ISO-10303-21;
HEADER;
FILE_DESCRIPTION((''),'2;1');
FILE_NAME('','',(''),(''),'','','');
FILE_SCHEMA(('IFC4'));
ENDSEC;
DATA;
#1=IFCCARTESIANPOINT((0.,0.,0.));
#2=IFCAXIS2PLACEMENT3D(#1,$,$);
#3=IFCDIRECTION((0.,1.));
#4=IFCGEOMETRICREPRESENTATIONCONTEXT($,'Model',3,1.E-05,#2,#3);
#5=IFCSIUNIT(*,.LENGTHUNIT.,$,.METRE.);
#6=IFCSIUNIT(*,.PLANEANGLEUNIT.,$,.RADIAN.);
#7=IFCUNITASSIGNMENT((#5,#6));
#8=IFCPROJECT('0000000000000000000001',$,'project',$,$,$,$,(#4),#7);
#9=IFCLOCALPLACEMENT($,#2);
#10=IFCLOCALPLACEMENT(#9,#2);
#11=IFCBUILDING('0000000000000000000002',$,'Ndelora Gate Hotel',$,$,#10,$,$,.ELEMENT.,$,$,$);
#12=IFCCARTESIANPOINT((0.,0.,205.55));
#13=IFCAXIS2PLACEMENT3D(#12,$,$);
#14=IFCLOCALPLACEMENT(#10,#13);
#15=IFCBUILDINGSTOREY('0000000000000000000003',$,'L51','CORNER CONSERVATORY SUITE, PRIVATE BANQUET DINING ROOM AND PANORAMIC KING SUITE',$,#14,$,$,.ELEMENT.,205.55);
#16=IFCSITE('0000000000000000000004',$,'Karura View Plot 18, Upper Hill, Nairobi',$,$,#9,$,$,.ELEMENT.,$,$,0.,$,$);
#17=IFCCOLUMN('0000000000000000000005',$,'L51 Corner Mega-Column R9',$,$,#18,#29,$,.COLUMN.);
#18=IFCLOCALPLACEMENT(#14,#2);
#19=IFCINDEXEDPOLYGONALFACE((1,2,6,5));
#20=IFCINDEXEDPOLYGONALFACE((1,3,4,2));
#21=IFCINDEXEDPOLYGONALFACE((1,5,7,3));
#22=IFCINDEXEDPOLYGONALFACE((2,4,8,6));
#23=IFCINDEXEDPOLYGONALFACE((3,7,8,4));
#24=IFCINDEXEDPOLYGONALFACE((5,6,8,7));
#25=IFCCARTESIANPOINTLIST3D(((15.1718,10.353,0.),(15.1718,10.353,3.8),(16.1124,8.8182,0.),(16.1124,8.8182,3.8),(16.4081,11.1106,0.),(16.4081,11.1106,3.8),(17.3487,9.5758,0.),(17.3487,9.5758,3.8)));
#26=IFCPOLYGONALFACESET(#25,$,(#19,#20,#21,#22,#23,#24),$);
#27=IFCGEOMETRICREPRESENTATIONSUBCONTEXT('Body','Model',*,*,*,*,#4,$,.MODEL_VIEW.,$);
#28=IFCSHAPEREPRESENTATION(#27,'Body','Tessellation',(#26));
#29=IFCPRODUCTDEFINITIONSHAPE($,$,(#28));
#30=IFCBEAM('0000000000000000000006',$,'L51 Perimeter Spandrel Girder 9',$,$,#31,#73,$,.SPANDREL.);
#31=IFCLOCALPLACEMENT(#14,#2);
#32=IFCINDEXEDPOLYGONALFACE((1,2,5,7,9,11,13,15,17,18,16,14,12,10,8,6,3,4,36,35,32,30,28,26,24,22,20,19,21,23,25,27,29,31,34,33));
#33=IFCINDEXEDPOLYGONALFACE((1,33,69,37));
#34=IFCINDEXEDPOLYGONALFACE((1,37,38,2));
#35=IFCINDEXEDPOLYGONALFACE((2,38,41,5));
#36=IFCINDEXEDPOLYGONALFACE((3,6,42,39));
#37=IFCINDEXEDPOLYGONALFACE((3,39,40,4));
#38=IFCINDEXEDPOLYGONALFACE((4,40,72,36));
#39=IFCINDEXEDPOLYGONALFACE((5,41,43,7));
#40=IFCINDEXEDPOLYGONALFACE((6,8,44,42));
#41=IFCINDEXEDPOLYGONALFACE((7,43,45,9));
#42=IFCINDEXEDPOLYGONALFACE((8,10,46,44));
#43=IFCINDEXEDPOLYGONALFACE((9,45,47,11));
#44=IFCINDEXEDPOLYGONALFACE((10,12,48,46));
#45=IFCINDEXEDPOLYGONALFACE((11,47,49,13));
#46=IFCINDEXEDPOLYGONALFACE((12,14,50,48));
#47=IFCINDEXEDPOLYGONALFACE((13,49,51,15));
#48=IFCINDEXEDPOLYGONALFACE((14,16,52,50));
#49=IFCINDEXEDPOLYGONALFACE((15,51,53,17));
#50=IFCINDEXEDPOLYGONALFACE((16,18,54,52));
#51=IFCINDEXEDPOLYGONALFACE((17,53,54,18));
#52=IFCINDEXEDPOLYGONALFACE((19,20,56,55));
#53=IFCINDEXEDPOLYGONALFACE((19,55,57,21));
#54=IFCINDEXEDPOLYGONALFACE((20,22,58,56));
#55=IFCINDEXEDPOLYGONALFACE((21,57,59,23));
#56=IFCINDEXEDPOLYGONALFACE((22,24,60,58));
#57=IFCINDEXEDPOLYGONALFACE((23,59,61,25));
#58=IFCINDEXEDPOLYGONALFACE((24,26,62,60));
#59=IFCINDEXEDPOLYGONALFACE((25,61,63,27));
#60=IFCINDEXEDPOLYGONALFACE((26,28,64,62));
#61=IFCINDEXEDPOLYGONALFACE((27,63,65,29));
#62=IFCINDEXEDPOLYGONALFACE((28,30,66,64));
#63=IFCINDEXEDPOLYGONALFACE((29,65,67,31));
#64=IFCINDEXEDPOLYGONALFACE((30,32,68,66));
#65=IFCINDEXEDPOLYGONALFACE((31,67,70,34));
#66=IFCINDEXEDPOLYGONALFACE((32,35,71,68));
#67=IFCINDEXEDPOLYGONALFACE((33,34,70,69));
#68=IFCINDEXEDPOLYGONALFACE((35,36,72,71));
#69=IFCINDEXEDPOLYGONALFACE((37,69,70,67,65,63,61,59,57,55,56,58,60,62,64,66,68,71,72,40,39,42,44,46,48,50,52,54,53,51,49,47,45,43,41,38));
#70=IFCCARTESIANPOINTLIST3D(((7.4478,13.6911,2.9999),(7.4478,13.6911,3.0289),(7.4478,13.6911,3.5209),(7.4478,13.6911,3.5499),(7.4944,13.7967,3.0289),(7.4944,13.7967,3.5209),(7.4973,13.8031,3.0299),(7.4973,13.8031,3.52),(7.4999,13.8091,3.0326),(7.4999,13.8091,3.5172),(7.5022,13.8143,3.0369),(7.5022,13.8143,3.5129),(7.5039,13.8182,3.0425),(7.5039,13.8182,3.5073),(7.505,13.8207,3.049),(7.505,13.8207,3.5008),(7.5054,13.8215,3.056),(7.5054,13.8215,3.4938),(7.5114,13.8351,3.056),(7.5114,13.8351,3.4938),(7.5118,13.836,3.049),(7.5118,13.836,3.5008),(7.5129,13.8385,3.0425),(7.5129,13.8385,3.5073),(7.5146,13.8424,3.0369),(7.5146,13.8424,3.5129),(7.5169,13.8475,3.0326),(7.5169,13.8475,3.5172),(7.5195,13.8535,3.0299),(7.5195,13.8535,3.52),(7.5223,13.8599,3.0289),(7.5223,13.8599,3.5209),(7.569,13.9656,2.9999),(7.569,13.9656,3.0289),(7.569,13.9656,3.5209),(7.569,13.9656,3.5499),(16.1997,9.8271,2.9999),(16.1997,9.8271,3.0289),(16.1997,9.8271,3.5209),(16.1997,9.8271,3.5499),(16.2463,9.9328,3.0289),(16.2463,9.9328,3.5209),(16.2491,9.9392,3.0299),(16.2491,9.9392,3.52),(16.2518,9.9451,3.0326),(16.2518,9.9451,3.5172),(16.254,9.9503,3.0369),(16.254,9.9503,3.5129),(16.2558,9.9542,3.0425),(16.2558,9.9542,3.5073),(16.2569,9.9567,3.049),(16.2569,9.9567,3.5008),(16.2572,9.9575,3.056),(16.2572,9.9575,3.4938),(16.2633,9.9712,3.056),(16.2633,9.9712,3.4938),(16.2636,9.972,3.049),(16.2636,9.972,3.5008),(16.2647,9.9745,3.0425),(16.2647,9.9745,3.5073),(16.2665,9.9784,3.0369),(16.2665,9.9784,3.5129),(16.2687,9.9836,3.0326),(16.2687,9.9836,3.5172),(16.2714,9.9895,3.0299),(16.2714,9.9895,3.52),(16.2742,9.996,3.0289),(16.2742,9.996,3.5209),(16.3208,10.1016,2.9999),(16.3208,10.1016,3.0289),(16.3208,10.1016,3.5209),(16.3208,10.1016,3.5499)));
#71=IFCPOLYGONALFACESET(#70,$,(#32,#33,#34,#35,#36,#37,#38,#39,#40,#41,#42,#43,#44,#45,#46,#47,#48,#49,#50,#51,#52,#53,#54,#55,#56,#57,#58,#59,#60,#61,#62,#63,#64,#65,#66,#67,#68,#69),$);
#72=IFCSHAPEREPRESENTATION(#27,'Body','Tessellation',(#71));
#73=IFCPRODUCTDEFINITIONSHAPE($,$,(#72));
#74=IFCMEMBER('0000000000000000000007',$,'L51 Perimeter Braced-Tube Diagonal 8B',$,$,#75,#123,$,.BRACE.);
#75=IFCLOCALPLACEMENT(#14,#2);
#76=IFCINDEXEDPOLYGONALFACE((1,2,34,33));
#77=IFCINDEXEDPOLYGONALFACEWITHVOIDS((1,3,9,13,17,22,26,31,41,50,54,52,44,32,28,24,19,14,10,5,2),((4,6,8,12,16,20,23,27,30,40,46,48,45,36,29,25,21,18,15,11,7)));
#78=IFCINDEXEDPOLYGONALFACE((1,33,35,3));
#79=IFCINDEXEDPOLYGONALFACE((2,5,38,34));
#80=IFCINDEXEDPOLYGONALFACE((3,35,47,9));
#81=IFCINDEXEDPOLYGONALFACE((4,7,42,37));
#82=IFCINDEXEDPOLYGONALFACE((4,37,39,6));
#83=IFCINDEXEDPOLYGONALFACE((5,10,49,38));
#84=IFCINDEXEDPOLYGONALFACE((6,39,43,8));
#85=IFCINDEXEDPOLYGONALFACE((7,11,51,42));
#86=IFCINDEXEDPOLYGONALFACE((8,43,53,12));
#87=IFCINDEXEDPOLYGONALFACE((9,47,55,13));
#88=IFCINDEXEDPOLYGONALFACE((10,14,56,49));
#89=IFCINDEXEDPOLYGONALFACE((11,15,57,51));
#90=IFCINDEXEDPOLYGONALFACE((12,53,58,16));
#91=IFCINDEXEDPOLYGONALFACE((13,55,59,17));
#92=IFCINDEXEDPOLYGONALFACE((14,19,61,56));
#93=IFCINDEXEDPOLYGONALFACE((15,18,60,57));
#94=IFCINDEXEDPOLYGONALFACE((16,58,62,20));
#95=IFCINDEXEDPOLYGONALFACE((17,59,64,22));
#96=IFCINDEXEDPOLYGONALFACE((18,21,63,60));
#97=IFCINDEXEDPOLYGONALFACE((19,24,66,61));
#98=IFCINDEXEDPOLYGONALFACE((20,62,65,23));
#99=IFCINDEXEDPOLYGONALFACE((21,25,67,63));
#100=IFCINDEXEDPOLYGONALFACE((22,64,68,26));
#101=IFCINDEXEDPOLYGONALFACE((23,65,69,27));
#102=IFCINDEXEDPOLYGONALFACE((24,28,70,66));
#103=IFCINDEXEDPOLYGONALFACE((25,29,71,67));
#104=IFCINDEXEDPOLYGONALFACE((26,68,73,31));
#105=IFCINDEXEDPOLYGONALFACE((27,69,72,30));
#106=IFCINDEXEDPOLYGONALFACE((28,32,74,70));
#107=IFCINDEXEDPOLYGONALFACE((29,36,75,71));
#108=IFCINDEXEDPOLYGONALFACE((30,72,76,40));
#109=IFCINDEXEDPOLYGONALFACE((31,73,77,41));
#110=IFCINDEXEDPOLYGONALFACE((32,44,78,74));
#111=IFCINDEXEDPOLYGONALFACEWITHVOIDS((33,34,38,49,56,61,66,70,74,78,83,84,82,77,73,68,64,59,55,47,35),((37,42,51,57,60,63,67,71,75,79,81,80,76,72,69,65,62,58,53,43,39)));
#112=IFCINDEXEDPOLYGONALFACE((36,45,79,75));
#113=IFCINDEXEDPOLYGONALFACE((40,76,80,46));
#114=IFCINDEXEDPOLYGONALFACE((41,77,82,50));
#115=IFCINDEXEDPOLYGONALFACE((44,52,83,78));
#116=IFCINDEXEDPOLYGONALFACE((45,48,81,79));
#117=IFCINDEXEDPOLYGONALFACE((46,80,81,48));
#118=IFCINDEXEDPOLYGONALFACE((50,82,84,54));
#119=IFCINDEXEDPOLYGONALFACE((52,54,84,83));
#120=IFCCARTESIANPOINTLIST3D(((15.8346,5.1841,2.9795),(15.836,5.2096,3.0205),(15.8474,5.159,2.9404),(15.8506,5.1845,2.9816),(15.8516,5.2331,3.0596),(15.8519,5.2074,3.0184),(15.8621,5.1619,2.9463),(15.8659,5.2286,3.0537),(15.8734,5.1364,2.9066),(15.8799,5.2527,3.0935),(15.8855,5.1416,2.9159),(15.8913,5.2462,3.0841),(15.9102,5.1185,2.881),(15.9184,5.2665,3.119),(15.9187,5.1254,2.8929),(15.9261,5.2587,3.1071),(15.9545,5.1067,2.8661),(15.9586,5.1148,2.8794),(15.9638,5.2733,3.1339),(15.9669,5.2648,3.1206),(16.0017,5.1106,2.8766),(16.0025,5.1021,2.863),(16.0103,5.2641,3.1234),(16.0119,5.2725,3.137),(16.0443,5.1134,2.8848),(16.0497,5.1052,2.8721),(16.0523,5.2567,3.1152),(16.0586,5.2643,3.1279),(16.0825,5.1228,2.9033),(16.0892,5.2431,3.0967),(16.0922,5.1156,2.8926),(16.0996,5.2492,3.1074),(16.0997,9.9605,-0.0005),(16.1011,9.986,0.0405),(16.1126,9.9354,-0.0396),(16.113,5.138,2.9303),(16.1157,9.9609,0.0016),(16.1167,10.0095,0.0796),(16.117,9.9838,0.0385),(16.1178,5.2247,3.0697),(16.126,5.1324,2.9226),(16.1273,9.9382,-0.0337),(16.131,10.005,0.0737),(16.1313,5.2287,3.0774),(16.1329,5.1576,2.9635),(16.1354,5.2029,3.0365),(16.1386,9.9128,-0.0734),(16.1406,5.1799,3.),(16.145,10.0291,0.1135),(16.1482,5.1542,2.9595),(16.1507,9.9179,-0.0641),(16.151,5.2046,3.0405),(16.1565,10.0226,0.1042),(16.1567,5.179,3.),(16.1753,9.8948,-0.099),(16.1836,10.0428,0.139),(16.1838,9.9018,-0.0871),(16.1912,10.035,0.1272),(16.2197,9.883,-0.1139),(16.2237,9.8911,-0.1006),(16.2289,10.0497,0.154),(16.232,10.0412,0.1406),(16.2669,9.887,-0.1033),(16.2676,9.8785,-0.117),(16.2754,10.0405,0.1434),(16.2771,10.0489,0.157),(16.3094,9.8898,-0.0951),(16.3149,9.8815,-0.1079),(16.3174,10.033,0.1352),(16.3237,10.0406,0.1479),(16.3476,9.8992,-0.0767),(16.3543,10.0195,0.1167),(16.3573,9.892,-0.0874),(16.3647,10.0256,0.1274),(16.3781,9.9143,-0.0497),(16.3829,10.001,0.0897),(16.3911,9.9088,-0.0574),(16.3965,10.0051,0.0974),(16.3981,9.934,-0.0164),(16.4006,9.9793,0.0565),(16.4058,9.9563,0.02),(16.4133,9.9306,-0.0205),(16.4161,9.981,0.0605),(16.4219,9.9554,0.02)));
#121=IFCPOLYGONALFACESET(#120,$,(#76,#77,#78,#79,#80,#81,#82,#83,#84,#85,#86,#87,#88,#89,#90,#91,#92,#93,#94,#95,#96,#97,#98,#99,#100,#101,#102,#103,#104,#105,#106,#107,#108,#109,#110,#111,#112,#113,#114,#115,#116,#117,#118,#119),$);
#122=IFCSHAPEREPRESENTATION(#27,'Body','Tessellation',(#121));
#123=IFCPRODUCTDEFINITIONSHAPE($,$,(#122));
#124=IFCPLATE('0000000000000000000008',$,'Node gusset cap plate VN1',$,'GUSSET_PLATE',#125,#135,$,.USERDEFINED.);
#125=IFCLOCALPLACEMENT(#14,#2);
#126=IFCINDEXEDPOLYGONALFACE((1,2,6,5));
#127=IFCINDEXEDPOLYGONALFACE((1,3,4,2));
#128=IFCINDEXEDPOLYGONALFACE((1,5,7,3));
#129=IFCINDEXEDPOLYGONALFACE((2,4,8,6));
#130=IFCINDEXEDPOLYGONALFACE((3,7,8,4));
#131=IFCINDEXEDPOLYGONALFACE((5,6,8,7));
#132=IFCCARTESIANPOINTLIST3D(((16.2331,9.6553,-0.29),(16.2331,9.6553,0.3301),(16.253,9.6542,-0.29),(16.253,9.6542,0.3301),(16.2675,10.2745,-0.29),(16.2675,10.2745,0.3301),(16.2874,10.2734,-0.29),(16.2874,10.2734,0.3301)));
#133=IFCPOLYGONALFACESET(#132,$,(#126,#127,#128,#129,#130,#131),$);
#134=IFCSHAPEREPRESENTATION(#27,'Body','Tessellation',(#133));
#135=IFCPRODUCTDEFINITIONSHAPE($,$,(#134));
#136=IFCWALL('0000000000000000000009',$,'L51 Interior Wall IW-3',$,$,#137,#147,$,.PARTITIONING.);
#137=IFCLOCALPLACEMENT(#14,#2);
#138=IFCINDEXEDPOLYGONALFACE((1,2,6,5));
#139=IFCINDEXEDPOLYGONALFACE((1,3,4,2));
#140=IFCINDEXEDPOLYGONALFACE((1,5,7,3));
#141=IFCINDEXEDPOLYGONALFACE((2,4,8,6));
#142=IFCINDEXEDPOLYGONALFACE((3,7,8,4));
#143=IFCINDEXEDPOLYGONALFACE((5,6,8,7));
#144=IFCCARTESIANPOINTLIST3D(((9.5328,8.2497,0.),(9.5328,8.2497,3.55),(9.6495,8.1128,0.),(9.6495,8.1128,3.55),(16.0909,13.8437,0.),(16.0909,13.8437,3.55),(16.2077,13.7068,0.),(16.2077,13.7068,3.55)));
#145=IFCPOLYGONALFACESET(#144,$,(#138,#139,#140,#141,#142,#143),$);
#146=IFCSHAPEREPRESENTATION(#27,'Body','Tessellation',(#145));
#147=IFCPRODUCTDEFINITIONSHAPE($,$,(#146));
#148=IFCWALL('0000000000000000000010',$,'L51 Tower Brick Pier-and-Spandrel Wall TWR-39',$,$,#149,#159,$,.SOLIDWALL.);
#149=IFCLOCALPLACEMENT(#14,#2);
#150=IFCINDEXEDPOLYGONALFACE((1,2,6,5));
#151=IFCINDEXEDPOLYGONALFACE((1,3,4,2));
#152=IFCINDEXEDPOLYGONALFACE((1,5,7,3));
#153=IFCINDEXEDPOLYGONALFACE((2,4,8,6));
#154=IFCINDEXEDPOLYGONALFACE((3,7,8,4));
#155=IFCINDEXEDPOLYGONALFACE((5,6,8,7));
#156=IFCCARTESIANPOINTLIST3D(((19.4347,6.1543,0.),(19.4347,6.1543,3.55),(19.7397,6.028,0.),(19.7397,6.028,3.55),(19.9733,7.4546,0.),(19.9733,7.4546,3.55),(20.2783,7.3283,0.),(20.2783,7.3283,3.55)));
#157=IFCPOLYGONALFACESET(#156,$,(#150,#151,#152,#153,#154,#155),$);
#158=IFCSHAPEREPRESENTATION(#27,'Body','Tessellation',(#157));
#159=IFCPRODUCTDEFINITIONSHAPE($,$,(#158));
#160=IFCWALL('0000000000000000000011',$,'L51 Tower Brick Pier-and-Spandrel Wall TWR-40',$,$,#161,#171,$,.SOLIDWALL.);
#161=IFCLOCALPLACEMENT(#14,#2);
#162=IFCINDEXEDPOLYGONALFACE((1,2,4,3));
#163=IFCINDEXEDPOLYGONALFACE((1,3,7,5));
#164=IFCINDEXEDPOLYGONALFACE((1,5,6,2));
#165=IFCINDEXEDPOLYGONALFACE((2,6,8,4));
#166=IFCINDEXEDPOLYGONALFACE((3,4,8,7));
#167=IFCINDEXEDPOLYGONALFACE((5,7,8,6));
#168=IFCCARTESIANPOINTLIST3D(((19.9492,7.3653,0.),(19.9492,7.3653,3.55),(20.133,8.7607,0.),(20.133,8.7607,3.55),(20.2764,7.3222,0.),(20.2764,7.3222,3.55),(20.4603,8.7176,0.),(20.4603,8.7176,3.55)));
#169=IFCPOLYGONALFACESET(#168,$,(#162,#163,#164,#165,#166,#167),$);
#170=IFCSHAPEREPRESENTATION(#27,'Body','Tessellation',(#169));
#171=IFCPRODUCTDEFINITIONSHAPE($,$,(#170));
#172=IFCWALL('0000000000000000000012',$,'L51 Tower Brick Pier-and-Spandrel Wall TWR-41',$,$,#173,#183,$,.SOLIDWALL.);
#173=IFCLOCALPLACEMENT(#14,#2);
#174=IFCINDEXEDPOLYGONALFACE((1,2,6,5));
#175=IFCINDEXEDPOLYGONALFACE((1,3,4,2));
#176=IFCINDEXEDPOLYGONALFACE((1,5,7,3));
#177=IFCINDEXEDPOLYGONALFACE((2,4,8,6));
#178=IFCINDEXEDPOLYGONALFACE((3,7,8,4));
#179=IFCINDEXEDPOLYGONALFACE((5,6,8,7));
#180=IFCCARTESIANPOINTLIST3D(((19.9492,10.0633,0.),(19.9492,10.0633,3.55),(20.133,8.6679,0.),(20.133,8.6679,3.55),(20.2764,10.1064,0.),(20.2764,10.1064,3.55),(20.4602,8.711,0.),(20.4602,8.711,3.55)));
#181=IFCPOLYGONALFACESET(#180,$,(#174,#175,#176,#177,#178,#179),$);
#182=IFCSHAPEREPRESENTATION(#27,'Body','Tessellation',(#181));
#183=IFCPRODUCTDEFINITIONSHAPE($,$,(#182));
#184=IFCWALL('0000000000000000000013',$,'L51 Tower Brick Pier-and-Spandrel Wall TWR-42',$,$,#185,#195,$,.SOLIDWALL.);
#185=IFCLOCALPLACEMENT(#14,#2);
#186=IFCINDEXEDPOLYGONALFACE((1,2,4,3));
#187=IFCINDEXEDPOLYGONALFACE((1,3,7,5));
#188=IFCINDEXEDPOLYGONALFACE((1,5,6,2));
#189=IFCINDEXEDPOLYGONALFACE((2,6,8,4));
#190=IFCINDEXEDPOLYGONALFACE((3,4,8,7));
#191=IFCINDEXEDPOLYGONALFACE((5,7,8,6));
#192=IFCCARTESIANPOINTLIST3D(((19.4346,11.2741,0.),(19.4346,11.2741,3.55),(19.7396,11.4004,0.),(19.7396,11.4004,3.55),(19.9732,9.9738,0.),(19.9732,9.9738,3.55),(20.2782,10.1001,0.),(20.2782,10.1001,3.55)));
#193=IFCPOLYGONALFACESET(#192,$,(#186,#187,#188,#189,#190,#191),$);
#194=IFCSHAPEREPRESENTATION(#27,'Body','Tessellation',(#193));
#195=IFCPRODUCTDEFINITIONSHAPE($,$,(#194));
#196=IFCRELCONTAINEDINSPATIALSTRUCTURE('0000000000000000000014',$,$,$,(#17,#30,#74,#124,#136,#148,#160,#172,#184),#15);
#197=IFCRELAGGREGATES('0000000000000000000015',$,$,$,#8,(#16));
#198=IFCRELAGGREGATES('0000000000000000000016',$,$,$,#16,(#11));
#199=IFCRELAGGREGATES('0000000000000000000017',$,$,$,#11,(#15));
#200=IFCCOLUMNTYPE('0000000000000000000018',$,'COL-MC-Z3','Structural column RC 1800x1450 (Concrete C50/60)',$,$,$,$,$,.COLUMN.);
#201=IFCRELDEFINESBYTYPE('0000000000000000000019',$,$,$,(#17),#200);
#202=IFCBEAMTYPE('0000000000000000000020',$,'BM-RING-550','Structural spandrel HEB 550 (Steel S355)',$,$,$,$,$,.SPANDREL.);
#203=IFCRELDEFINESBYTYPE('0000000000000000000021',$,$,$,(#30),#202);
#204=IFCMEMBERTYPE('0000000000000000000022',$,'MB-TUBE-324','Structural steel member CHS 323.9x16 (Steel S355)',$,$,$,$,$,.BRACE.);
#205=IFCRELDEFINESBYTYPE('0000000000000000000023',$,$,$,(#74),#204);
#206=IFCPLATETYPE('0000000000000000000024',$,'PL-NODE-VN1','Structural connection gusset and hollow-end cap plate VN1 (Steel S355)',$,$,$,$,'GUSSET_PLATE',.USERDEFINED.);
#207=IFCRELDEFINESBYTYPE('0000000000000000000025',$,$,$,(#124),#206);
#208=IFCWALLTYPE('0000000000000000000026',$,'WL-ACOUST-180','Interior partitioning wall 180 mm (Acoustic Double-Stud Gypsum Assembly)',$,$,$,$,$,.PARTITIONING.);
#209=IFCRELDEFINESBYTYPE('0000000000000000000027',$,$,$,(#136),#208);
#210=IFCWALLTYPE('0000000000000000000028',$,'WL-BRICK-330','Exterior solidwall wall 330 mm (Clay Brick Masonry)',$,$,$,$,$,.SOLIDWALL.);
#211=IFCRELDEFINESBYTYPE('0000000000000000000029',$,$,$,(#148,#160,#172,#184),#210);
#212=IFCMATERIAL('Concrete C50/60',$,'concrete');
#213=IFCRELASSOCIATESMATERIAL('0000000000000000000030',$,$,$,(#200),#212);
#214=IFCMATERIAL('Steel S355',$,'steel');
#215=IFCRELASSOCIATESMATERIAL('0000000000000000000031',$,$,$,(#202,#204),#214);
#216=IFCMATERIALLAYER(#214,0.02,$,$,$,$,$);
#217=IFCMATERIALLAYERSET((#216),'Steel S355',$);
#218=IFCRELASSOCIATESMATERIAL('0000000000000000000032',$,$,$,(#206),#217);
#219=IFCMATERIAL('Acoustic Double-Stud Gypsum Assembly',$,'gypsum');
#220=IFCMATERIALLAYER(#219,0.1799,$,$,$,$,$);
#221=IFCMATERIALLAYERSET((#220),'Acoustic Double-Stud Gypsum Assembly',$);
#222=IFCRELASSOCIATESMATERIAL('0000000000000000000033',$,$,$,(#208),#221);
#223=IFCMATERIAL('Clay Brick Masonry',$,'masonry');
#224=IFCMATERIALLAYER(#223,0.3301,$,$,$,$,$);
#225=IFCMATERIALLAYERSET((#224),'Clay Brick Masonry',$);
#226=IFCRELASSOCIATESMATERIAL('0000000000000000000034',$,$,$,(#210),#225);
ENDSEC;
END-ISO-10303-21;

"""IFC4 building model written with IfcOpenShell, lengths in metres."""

from ifc_helpers import new_model, si_unit, direction, frame, frame_2d, origin, origin_2d, place, context, subcontext, project, spatial, rectangle, hollow_circle, i_section, extrude, material, layer, layer_set, material_profile, profile_set, type_object, element, save


model = new_model("IFC4")

# Units and contexts
model_context = context("Model", 3, precision=1e-05, world=origin(), true_north=direction((0.0, 1.0)))
body_context = subcontext(model_context, "Body", "Model", "MODEL_VIEW")
ifc_project = project(units=[si_unit("LENGTHUNIT", "METRE"), si_unit("PLANEANGLEUNIT", "RADIAN")], contexts=[model_context])

# Site, building, storey
site_placement = place(None, origin())
site = spatial("IfcSite", under=ifc_project, at=site_placement, Name="Karura View Plot 18, Upper Hill, Nairobi", CompositionType="ELEMENT", RefElevation=0.0)
building_placement = place(site_placement, origin())
building = spatial("IfcBuilding", under=site, at=building_placement, Name="Ndelora Gate Hotel", CompositionType="ELEMENT")
storey_placement = place(building_placement, frame((0.0, 0.0, 205.55)))
storey = spatial("IfcBuildingStorey", under=building, at=storey_placement, Name="L51", Description="CORNER CONSERVATORY SUITE, PRIVATE BANQUET DINING ROOM AND PANORAMIC KING SUITE", CompositionType="ELEMENT", Elevation=205.55)

# Column
ifc_material_1 = material(Name="Concrete C50/60", Category="concrete")
ifc_material_profile_1 = material_profile(ifc_material_1, rectangle(XDim=1.45, YDim=1.8, at=origin_2d()), Name="RC 1800x1450")
ifc_profile_set_1 = profile_set([ifc_material_profile_1], Name="Concrete C50/60")
column_type = type_object("IfcColumnType", Name="COL-MC-Z3", Description="Structural column RC 1800x1450 (Concrete C50/60)", PredefinedType="COLUMN", material=ifc_profile_set_1)
column_placement = place(storey_placement, frame((16.2603, 9.9644, 0.0), z_axis=(0.0, 0.0, 1.0), x_axis=(0.85264, 0.522499, 0.0)))
element("IfcColumn", 1, at=column_placement, inside=storey, type_object=column_type, Name="L51 Corner Mega-Column R9", PredefinedType="COLUMN", context=body_context, shape_type="SweptSolid", body=[
    extrude(rectangle(XDim=1.45, YDim=1.8, at=origin_2d()), origin(), (0.0, 0.0, 1.0), 3.8),
])

# Beam
ifc_material_2 = material(Name="Steel S355", Category="steel")
ifc_material_profile_2 = material_profile(ifc_material_2, i_section(OverallWidth=0.3, OverallDepth=0.55, WebThickness=0.0149, FlangeThickness=0.0291, FilletRadius=0.0271, at=origin_2d()), Name="HEB 550")
ifc_profile_set_2 = profile_set([ifc_material_profile_2], Name="Steel S355")
beam_type = type_object("IfcBeamType", Name="BM-RING-550", Description="Structural spandrel HEB 550 (Steel S355)", PredefinedType="SPANDREL", material=ifc_profile_set_2)
beam_placement = place(storey_placement, frame((16.2603, 9.9644, 3.2749), z_axis=(-0.914807, 0.40389, 0.0), x_axis=(-0.40389, -0.914807, 0.0)))
element("IfcBeam", 2, at=beam_placement, inside=storey, type_object=beam_type, Name="L51 Perimeter Spandrel Girder 9", PredefinedType="SPANDREL", context=body_context, shape_type="SweptSolid", body=[
    extrude(i_section(OverallWidth=0.3, OverallDepth=0.55, WebThickness=0.0149, FlangeThickness=0.0291, FilletRadius=0.0271, at=origin_2d()), origin(), (0.0, 0.0, 1.0), 9.5669),
])

# Member
ifc_material_profile_3 = material_profile(ifc_material_2, hollow_circle(Radius=0.1619, WallThickness=0.0161, at=origin_2d()), Name="CHS 323.9x16")
ifc_profile_set_3 = profile_set([ifc_material_profile_3], Name="Steel S355")
member_type = type_object("IfcMemberType", Name="MB-TUBE-324", Description="Structural steel member CHS 323.9x16 (Steel S355)", PredefinedType="BRACE", material=ifc_profile_set_3)
member_placement = place(storey_placement, frame((16.2603, 9.9644, 0.02), z_axis=(-0.047044, -0.847478, 0.528742), x_axis=(0.998463, -0.055425, 0.0)))
element("IfcMember", 3, at=member_placement, inside=storey, type_object=member_type, Name="L51 Perimeter Braced-Tube Diagonal 8B", PredefinedType="BRACE", context=body_context, shape_type="SweptSolid", body=[
    extrude(hollow_circle(Radius=0.1619, WallThickness=0.0161, at=origin_2d()), origin(), (0.0, 0.0, 1.0), 5.636),
])

# Plate
ifc_layer_1 = layer(ifc_material_2, 0.02)
ifc_layer_set_1 = layer_set([ifc_layer_1], Name="Steel S355")
plate_type = type_object("IfcPlateType", Name="PL-NODE-VN1", Description="Structural connection gusset and hollow-end cap plate VN1 (Steel S355)", ElementType="GUSSET_PLATE", PredefinedType="USERDEFINED", material=ifc_layer_set_1)
plate_placement = place(storey_placement, frame((16.2603, 9.9644, -0.29), z_axis=(0.0, 0.0, 1.0), x_axis=(0.055473, 0.99846, 0.0)))
element("IfcPlate", 4, at=plate_placement, inside=storey, type_object=plate_type, Name="Node gusset cap plate VN1", ObjectType="GUSSET_PLATE", PredefinedType="USERDEFINED", context=body_context, shape_type="SweptSolid", body=[
    extrude(rectangle(XDim=0.6201, YDim=0.02, at=origin_2d()), origin(), (0.0, 0.0, 1.0), 0.6201),
])

# Walls
ifc_material_3 = material(Name="Acoustic Double-Stud Gypsum Assembly", Category="gypsum")
ifc_layer_2 = layer(ifc_material_3, 0.1799)
ifc_layer_set_2 = layer_set([ifc_layer_2], Name="Acoustic Double-Stud Gypsum Assembly")
wall_type_1 = type_object("IfcWallType", Name="WL-ACOUST-180", Description="Interior partitioning wall 180 mm (Acoustic Double-Stud Gypsum Assembly)", PredefinedType="PARTITIONING", material=ifc_layer_set_2)
wall_1_placement = place(storey_placement, frame((9.5911, 8.1812, 0.0), z_axis=(0.0, 0.0, 1.0), x_axis=(0.760816, 0.648968, 0.0)))
element("IfcWall", 5, at=wall_1_placement, inside=storey, type_object=wall_type_1, Name="L51 Interior Wall IW-3", PredefinedType="PARTITIONING", context=body_context, shape_type="SweptSolid", body=[
    extrude(rectangle(XDim=8.6199, YDim=0.1799, at=frame_2d((4.3101, 0.0))), origin(), (0.0, 0.0, 1.0), 3.55),
])
ifc_material_4 = material(Name="Clay Brick Masonry", Category="masonry")
ifc_layer_3 = layer(ifc_material_4, 0.3301)
ifc_layer_set_3 = layer_set([ifc_layer_3], Name="Clay Brick Masonry")
wall_type_2 = type_object("IfcWallType", Name="WL-BRICK-330", Description="Exterior solidwall wall 330 mm (Clay Brick Masonry)", PredefinedType="SOLIDWALL", material=ifc_layer_set_3)
for number, where, z_axis, x_axis, name in (
    (6, (20.1257, 7.3914, 0.0), (0.0, 0.0, 1.0), (-0.382668, -0.923886, 0.0), "L51 Tower Brick Pier-and-Spandrel Wall TWR-39"),
    (7, (20.2966, 8.739, 0.0), (0.0, 0.0, 1.0), (-0.130607, -0.991434, 0.0), "L51 Tower Brick Pier-and-Spandrel Wall TWR-40"),
    (8, (20.1128, 10.0847, 0.0), (0.0, 0.0, 1.0), (0.130607, -0.991434, 0.0), "L51 Tower Brick Pier-and-Spandrel Wall TWR-41"),
    (9, (19.5872, 11.3372, 0.0), (0.0, 0.0, 1.0), (0.382668, -0.923886, 0.0), "L51 Tower Brick Pier-and-Spandrel Wall TWR-42"),
):
    element("IfcWall", number, at=place(storey_placement, frame(where, z_axis=z_axis, x_axis=x_axis)), inside=storey, type_object=wall_type_2, Name=name, PredefinedType="SOLIDWALL", context=body_context, shape_type="SweptSolid", body=[
        extrude(rectangle(XDim=1.4075, YDim=0.3301, at=frame_2d((0.7036, 0.0))), origin(), (0.0, 0.0, 1.0), 3.55),
    ])

save(model, "model.ifc")
